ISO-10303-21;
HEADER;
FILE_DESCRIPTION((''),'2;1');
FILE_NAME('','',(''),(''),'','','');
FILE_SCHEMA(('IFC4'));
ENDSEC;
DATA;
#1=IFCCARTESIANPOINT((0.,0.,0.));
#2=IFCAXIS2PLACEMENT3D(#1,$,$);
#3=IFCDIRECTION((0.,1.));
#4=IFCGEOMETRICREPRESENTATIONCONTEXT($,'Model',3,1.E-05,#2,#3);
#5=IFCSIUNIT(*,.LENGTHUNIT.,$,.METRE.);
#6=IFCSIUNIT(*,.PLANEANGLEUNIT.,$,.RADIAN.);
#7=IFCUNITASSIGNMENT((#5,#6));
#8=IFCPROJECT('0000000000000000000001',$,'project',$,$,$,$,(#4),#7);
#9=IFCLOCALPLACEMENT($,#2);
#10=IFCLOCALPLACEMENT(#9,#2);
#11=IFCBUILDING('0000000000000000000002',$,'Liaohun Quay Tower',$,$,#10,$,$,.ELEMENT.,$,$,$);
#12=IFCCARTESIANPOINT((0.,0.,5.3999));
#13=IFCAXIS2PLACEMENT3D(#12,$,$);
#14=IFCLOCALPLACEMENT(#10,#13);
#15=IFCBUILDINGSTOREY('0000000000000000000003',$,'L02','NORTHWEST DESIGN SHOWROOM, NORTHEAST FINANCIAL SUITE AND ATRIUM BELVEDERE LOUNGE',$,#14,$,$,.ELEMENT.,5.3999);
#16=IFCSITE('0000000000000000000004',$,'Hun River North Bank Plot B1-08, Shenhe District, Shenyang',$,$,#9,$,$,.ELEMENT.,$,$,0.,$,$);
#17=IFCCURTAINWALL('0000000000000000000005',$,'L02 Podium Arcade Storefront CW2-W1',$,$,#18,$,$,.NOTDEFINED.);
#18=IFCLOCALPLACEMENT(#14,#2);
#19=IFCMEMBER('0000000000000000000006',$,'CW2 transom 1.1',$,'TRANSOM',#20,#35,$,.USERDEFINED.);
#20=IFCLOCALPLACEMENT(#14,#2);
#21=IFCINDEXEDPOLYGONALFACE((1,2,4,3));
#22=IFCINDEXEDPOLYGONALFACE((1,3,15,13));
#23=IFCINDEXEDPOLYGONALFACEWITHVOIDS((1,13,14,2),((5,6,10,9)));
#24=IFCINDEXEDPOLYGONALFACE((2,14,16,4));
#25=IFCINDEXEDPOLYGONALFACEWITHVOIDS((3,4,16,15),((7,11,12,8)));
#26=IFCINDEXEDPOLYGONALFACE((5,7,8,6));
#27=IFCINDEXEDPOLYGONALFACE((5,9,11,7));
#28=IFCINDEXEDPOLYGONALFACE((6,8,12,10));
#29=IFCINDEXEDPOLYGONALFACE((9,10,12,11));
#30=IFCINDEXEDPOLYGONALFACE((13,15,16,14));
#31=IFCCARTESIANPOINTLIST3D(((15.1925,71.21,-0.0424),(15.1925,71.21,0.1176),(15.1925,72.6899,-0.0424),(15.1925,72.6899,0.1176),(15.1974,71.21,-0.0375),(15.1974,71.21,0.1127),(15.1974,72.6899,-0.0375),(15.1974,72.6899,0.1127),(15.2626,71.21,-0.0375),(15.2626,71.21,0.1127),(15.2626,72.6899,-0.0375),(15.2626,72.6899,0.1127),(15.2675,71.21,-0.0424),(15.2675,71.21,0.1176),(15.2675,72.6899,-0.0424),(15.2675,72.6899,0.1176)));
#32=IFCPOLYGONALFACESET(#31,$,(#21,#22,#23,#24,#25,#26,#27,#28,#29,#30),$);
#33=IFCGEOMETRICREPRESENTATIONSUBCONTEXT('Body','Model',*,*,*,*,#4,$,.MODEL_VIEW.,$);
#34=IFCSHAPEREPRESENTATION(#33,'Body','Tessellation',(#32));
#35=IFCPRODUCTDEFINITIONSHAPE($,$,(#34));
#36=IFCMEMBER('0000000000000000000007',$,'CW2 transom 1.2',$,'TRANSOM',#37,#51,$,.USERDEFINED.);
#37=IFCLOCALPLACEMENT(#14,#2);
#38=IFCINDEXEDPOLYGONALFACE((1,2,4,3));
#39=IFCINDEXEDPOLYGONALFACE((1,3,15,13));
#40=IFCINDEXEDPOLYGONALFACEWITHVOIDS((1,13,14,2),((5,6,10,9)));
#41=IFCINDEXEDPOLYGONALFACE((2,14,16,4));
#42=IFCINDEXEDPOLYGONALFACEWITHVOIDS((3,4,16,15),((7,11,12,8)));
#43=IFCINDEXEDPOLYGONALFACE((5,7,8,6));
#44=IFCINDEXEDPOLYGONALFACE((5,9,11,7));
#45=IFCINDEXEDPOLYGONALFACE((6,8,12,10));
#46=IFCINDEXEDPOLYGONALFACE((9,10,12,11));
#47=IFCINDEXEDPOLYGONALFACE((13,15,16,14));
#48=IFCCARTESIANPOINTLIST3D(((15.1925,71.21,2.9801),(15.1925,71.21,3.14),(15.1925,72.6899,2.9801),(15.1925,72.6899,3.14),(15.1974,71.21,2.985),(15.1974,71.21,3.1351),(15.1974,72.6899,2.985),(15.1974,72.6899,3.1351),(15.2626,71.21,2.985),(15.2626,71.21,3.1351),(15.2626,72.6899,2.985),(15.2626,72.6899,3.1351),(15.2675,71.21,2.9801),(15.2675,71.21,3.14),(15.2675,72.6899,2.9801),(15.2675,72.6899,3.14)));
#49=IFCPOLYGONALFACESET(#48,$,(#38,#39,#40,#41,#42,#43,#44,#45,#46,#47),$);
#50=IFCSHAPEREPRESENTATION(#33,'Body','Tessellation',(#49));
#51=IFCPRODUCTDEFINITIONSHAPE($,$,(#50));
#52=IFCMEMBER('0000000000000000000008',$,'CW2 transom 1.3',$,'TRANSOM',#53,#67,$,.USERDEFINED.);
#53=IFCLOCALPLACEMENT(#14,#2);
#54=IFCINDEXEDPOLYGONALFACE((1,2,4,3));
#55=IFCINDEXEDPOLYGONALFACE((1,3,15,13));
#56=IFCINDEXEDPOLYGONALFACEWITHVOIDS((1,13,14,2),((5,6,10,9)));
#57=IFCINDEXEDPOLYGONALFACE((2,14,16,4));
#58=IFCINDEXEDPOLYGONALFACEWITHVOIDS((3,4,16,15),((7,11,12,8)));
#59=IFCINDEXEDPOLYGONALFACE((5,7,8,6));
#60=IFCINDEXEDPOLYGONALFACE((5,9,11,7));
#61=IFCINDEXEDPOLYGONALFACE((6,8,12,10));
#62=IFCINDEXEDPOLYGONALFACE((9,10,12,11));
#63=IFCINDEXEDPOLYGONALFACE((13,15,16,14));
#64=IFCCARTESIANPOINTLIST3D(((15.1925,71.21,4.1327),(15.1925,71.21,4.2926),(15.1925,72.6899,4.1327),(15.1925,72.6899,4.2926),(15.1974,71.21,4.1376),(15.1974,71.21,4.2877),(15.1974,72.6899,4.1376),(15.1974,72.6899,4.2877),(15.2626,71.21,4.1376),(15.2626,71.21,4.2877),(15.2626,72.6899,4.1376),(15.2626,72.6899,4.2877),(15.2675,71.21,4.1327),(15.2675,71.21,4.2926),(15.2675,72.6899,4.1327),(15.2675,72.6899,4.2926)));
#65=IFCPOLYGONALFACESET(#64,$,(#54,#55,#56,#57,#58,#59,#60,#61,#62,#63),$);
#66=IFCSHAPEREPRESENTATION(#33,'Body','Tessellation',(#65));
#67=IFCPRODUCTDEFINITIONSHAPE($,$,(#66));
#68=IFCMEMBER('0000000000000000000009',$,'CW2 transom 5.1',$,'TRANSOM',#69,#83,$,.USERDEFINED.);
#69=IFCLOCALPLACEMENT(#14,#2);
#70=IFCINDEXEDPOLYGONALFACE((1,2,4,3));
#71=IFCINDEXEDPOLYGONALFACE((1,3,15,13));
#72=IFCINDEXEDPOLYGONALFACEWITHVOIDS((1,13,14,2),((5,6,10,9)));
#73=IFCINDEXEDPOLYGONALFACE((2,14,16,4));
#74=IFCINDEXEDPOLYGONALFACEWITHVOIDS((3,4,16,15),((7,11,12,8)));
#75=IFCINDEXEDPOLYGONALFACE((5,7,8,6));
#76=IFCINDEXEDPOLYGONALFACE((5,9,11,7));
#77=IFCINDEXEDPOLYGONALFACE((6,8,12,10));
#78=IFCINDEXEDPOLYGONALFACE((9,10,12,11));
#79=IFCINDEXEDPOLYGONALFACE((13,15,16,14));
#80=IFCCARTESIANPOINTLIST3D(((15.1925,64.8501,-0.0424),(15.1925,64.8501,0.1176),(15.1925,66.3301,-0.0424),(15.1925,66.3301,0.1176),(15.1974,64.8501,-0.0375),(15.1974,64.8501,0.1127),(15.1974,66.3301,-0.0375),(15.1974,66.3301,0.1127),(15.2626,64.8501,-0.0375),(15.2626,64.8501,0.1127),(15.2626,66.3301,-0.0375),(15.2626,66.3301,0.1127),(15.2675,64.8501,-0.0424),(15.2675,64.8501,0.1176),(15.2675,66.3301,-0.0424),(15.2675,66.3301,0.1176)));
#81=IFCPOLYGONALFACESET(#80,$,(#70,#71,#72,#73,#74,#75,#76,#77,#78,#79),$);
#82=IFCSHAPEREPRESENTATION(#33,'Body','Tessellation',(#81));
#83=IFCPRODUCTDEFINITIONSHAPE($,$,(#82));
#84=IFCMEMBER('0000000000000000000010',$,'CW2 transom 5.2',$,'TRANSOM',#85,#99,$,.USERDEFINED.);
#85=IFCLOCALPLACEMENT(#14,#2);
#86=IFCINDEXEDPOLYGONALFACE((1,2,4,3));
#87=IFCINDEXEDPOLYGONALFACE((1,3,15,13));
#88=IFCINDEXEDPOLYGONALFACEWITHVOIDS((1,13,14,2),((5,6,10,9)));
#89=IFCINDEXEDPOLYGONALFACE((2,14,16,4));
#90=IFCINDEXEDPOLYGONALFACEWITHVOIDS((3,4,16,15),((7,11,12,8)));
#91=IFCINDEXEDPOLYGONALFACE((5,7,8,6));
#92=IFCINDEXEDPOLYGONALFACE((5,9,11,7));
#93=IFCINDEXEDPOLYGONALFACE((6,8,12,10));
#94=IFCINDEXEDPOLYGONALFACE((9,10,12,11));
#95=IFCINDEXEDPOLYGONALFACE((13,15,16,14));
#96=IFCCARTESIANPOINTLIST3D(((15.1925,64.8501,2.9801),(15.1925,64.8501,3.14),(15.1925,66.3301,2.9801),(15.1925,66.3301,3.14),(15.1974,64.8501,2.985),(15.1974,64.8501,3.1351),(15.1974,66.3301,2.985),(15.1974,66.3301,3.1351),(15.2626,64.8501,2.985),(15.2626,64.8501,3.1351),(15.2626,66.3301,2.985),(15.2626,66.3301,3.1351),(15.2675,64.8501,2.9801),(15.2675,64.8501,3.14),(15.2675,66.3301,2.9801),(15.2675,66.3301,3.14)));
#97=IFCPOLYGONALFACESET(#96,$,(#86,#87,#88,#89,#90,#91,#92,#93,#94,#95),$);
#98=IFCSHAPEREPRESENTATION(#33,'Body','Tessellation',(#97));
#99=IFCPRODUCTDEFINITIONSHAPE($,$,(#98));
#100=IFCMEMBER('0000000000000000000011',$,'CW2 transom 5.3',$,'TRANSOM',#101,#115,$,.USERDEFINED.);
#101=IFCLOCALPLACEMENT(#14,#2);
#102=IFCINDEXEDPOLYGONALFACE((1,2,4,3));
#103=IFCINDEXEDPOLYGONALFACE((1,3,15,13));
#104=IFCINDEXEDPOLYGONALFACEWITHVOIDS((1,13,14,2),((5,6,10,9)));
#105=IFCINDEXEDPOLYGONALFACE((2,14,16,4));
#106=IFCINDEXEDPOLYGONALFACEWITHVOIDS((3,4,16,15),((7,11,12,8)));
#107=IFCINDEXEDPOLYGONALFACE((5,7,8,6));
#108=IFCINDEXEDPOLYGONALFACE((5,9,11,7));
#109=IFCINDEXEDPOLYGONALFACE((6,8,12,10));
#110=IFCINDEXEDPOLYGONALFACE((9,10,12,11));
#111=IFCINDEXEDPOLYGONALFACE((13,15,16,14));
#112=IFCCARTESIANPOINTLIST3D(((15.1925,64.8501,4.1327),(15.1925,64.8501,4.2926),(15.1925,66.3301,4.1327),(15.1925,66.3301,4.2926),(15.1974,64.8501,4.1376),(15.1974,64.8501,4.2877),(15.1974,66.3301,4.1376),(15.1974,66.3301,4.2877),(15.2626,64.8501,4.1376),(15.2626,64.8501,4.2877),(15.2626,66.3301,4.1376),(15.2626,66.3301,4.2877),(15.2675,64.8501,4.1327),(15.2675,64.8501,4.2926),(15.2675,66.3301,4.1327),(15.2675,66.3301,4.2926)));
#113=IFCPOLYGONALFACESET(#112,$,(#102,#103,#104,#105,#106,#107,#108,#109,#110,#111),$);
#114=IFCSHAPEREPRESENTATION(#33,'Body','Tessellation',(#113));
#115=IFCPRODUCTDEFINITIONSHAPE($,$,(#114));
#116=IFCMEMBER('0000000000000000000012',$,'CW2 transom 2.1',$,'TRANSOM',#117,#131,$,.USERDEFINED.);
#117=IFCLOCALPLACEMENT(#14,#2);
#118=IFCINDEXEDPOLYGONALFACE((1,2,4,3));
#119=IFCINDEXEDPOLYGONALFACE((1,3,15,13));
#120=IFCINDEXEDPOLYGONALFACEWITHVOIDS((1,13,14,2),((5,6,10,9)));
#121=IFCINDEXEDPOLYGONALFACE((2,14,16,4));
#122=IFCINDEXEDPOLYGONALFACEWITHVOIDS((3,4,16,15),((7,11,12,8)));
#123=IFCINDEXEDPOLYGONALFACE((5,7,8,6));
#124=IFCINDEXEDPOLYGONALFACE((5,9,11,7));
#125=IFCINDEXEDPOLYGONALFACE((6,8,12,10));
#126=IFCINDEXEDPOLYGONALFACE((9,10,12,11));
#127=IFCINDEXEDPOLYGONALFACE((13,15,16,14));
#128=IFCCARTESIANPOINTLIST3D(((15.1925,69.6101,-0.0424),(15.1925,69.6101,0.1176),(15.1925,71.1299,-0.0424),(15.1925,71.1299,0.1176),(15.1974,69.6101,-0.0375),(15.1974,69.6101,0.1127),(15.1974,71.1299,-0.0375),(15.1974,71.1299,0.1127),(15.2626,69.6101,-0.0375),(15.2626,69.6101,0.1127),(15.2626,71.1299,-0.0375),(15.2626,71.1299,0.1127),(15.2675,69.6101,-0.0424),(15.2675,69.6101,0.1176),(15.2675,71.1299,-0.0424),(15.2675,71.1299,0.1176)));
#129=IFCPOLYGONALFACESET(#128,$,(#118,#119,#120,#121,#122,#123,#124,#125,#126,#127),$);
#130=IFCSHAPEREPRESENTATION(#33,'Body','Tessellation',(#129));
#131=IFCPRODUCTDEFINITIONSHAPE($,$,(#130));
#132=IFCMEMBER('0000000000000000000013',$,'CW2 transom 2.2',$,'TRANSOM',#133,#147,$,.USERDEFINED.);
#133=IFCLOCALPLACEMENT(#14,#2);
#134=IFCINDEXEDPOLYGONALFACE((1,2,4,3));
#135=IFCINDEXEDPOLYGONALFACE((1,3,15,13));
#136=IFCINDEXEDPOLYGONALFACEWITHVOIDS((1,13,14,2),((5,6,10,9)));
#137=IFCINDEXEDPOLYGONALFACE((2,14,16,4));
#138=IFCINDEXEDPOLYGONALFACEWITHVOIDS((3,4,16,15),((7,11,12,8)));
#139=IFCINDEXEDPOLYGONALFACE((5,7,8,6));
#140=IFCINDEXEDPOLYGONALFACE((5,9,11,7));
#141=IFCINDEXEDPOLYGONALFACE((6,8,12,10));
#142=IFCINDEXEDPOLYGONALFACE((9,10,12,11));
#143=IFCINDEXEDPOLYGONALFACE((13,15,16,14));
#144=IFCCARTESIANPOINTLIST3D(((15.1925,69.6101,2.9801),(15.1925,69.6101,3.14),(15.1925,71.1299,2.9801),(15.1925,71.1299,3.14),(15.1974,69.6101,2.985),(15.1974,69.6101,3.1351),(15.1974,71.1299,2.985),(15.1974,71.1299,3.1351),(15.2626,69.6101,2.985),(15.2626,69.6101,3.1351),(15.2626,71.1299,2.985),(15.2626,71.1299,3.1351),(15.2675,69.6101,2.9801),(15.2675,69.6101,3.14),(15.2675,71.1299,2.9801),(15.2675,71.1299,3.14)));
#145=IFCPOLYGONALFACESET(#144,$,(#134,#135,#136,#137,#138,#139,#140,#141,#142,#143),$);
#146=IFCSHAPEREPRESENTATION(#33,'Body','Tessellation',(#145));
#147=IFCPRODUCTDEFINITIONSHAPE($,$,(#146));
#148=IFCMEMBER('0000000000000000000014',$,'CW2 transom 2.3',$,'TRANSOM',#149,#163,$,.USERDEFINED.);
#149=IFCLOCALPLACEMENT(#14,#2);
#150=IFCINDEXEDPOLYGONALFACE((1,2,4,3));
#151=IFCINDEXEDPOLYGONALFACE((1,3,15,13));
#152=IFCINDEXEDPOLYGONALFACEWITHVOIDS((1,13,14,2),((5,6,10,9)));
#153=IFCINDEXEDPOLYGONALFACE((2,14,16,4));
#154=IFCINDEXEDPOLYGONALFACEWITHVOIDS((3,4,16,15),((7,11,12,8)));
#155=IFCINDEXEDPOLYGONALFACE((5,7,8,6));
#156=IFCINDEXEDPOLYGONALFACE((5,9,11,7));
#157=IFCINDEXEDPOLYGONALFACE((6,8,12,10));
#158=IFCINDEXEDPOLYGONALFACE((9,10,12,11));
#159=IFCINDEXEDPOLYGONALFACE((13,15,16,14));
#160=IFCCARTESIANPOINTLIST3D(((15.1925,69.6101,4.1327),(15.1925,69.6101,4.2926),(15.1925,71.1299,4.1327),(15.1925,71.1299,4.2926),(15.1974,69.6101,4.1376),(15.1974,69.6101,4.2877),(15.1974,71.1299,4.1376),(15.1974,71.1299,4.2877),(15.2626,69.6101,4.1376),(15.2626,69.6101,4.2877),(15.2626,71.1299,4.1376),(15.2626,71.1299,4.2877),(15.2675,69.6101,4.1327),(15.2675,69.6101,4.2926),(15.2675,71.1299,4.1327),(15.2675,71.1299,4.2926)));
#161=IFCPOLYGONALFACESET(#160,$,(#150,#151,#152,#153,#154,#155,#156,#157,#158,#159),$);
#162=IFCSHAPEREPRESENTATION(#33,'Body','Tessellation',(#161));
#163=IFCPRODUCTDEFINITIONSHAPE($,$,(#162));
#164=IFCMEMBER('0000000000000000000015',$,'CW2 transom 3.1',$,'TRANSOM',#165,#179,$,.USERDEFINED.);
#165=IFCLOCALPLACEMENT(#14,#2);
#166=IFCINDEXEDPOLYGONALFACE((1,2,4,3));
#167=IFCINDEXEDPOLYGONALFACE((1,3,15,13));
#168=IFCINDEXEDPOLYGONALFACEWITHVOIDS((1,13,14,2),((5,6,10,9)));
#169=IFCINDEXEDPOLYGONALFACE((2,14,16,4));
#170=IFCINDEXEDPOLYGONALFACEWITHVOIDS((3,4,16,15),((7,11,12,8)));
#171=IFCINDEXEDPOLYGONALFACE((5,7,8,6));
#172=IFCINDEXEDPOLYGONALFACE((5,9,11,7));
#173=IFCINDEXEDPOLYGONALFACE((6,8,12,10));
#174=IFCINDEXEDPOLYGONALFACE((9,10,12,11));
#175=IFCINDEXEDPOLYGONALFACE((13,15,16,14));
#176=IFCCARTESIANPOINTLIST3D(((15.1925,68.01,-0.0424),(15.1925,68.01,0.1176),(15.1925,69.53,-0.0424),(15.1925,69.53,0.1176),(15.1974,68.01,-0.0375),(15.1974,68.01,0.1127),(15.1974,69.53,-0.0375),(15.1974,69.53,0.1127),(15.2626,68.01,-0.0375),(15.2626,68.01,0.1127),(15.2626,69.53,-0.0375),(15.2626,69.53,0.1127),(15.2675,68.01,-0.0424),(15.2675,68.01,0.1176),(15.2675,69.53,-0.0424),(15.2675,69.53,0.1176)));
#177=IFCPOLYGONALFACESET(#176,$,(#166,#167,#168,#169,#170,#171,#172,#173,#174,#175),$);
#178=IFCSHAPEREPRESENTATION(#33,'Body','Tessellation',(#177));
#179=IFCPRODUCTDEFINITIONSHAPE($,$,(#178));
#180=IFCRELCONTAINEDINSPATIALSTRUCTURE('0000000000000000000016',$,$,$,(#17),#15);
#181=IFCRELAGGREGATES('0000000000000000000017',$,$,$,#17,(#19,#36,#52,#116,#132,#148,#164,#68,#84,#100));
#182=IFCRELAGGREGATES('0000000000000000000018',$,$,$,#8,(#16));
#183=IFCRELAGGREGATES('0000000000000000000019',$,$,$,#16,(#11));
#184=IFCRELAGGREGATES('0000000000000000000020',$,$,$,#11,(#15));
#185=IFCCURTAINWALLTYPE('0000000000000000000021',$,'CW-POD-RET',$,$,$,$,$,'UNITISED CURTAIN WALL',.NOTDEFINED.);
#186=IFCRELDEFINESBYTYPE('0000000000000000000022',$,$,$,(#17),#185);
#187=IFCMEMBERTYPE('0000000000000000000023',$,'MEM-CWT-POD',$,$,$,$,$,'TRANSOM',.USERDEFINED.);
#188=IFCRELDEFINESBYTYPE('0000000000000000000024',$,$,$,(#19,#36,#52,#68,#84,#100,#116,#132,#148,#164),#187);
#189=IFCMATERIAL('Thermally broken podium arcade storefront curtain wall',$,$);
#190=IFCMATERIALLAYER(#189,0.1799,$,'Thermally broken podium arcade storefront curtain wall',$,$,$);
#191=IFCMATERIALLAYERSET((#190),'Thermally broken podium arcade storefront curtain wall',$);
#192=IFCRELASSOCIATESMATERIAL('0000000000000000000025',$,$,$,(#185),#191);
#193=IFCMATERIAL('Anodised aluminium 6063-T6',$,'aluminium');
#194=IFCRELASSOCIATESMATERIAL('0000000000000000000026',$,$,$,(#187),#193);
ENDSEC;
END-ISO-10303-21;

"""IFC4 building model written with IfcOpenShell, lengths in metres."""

from ifc_helpers import new_model, si_unit, direction, frame, origin, origin_2d, place, context, subcontext, project, spatial, hollow_rectangle, extrude, source, transform, mapped, material, layer, layer_set, material_profile, profile_set, type_object, element, aggregate, save


model = new_model("IFC4")

# Units and contexts
model_context = context("Model", 3, precision=1e-05, world=origin(), true_north=direction((0.0, 1.0)))
body_context = subcontext(model_context, "Body", "Model", "MODEL_VIEW")
ifc_project = project(units=[si_unit("LENGTHUNIT", "METRE"), si_unit("PLANEANGLEUNIT", "RADIAN")], contexts=[model_context])

# Site, building, storey
site_placement = place(None, origin())
site = spatial("IfcSite", under=ifc_project, at=site_placement, Name="Hun River North Bank Plot B1-08, Shenhe District, Shenyang", CompositionType="ELEMENT", RefElevation=0.0)
building_placement = place(site_placement, origin())
building = spatial("IfcBuilding", under=site, at=building_placement, Name="Liaohun Quay Tower", CompositionType="ELEMENT")
storey_placement = place(building_placement, frame((0.0, 0.0, 5.3999)))
storey = spatial("IfcBuildingStorey", under=building, at=storey_placement, Name="L02", Description="NORTHWEST DESIGN SHOWROOM, NORTHEAST FINANCIAL SUITE AND ATRIUM BELVEDERE LOUNGE", CompositionType="ELEMENT", Elevation=5.3999)

# Curtain wall, members
ifc_material_1 = material(Name="Thermally broken podium arcade storefront curtain wall")
ifc_layer_1 = layer(ifc_material_1, 0.1799, Name="Thermally broken podium arcade storefront curtain wall")
ifc_layer_set_1 = layer_set([ifc_layer_1], Name="Thermally broken podium arcade storefront curtain wall")
curtain_wall_type = type_object("IfcCurtainWallType", Name="CW-POD-RET", ElementType="UNITISED CURTAIN WALL", PredefinedType="NOTDEFINED", material=ifc_layer_set_1)
curtain_wall_placement = place(storey_placement, origin())
curtain_wall = element("IfcCurtainWall", 1, at=curtain_wall_placement, inside=storey, type_object=curtain_wall_type, Name="L02 Podium Arcade Storefront CW2-W1", PredefinedType="NOTDEFINED")
ifc_material_2 = material(Name="Anodised aluminium 6063-T6", Category="aluminium")
ifc_material_profile_1 = material_profile(ifc_material_2, hollow_rectangle(XDim=0.075, YDim=0.1599, WallThickness=0.0049, at=origin_2d()), Name="RHS160x75x5")
ifc_profile_set_1 = profile_set([ifc_material_profile_1], Name="Anodised aluminium 6063-T6")
member_type_1 = type_object("IfcMemberType", Name="MEM-CWT-POD", ElementType="TRANSOM", PredefinedType="USERDEFINED", material=ifc_profile_set_1)
shared_shape_1 = source(origin(), body_context, "Body", "SweptSolid", [
    extrude(hollow_rectangle(XDim=0.075, YDim=0.1599, WallThickness=0.0049, at=origin_2d()), origin(), (0.0, 0.0, 1.0), 1.48),
])
member_1_placement = place(storey_placement, frame((15.23, 72.6899, 0.0376), z_axis=(0.0, -1.0, 0.0), x_axis=(1.0, 0.0, 0.0)))
member_1 = element("IfcMember", 2, at=member_1_placement, type_object=member_type_1, Name="CW2 transom 1.1", ObjectType="TRANSOM", PredefinedType="USERDEFINED", context=body_context, shape_type="MappedRepresentation", body=[
    mapped(shared_shape_1, transform((0.0, 0.0, 0.0), x_axis=(1.0, 0.0, 0.0), y_axis=(0.0, 1.0, 0.0), z_axis=(0.0, 0.0, 1.0), scale=1.0)),
])
member_2_placement = place(storey_placement, frame((15.23, 72.6899, 3.0601), z_axis=(0.0, -1.0, 0.0), x_axis=(1.0, 0.0, 0.0)))
member_2 = element("IfcMember", 3, at=member_2_placement, type_object=member_type_1, Name="CW2 transom 1.2", ObjectType="TRANSOM", PredefinedType="USERDEFINED", context=body_context, shape_type="MappedRepresentation", body=[
    mapped(shared_shape_1, transform((0.0, 0.0, 0.0), x_axis=(1.0, 0.0, 0.0), y_axis=(0.0, 1.0, 0.0), z_axis=(0.0, 0.0, 1.0), scale=1.0)),
])
member_3_placement = place(storey_placement, frame((15.23, 72.6899, 4.2126), z_axis=(0.0, -1.0, 0.0), x_axis=(1.0, 0.0, 0.0)))
member_3 = element("IfcMember", 4, at=member_3_placement, type_object=member_type_1, Name="CW2 transom 1.3", ObjectType="TRANSOM", PredefinedType="USERDEFINED", context=body_context, shape_type="MappedRepresentation", body=[
    mapped(shared_shape_1, transform((0.0, 0.0, 0.0), x_axis=(1.0, 0.0, 0.0), y_axis=(0.0, 1.0, 0.0), z_axis=(0.0, 0.0, 1.0), scale=1.0)),
])
member_4_placement = place(storey_placement, frame((15.23, 66.3301, 0.0376), z_axis=(0.0, -1.0, 0.0), x_axis=(1.0, 0.0, 0.0)))
member_4 = element("IfcMember", 5, at=member_4_placement, type_object=member_type_1, Name="CW2 transom 5.1", ObjectType="TRANSOM", PredefinedType="USERDEFINED", context=body_context, shape_type="MappedRepresentation", body=[
    mapped(shared_shape_1, transform((0.0, 0.0, 0.0), x_axis=(1.0, 0.0, 0.0), y_axis=(0.0, 1.0, 0.0), z_axis=(0.0, 0.0, 1.0), scale=1.0)),
])
member_5_placement = place(storey_placement, frame((15.23, 66.3301, 3.0601), z_axis=(0.0, -1.0, 0.0), x_axis=(1.0, 0.0, 0.0)))
member_5 = element("IfcMember", 6, at=member_5_placement, type_object=member_type_1, Name="CW2 transom 5.2", ObjectType="TRANSOM", PredefinedType="USERDEFINED", context=body_context, shape_type="MappedRepresentation", body=[
    mapped(shared_shape_1, transform((0.0, 0.0, 0.0), x_axis=(1.0, 0.0, 0.0), y_axis=(0.0, 1.0, 0.0), z_axis=(0.0, 0.0, 1.0), scale=1.0)),
])
member_6_placement = place(storey_placement, frame((15.23, 66.3301, 4.2126), z_axis=(0.0, -1.0, 0.0), x_axis=(1.0, 0.0, 0.0)))
member_6 = element("IfcMember", 7, at=member_6_placement, type_object=member_type_1, Name="CW2 transom 5.3", ObjectType="TRANSOM", PredefinedType="USERDEFINED", context=body_context, shape_type="MappedRepresentation", body=[
    mapped(shared_shape_1, transform((0.0, 0.0, 0.0), x_axis=(1.0, 0.0, 0.0), y_axis=(0.0, 1.0, 0.0), z_axis=(0.0, 0.0, 1.0), scale=1.0)),
])
shared_shape_2 = source(origin(), body_context, "Body", "SweptSolid", [
    extrude(hollow_rectangle(XDim=0.075, YDim=0.1599, WallThickness=0.0049, at=origin_2d()), origin(), (0.0, 0.0, 1.0), 1.5198),
])
member_7_placement = place(storey_placement, frame((15.23, 71.1299, 0.0376), z_axis=(0.0, -1.0, 0.0), x_axis=(1.0, 0.0, 0.0)))
member_7 = element("IfcMember", 8, at=member_7_placement, type_object=member_type_1, Name="CW2 transom 2.1", ObjectType="TRANSOM", PredefinedType="USERDEFINED", context=body_context, shape_type="MappedRepresentation", body=[
    mapped(shared_shape_2, transform((0.0, 0.0, 0.0), x_axis=(1.0, 0.0, 0.0), y_axis=(0.0, 1.0, 0.0), z_axis=(0.0, 0.0, 1.0), scale=1.0)),
])
member_8_placement = place(storey_placement, frame((15.23, 71.1299, 3.0601), z_axis=(0.0, -1.0, 0.0), x_axis=(1.0, 0.0, 0.0)))
member_8 = element("IfcMember", 9, at=member_8_placement, type_object=member_type_1, Name="CW2 transom 2.2", ObjectType="TRANSOM", PredefinedType="USERDEFINED", context=body_context, shape_type="MappedRepresentation", body=[
    mapped(shared_shape_2, transform((0.0, 0.0, 0.0), x_axis=(1.0, 0.0, 0.0), y_axis=(0.0, 1.0, 0.0), z_axis=(0.0, 0.0, 1.0), scale=1.0)),
])
member_9_placement = place(storey_placement, frame((15.23, 71.1299, 4.2126), z_axis=(0.0, -1.0, 0.0), x_axis=(1.0, 0.0, 0.0)))
member_9 = element("IfcMember", 10, at=member_9_placement, type_object=member_type_1, Name="CW2 transom 2.3", ObjectType="TRANSOM", PredefinedType="USERDEFINED", context=body_context, shape_type="MappedRepresentation", body=[
    mapped(shared_shape_2, transform((0.0, 0.0, 0.0), x_axis=(1.0, 0.0, 0.0), y_axis=(0.0, 1.0, 0.0), z_axis=(0.0, 0.0, 1.0), scale=1.0)),
])
shared_shape_3 = source(origin(), body_context, "Body", "SweptSolid", [
    extrude(hollow_rectangle(XDim=0.075, YDim=0.1599, WallThickness=0.0049, at=origin_2d()), origin(), (0.0, 0.0, 1.0), 1.52),
])
member_10_placement = place(storey_placement, frame((15.23, 69.53, 0.0376), z_axis=(0.0, -1.0, 0.0), x_axis=(1.0, 0.0, 0.0)))
member_10 = element("IfcMember", 11, at=member_10_placement, type_object=member_type_1, Name="CW2 transom 3.1", ObjectType="TRANSOM", PredefinedType="USERDEFINED", context=body_context, shape_type="MappedRepresentation", body=[
    mapped(shared_shape_3, transform((0.0, 0.0, 0.0), x_axis=(1.0, 0.0, 0.0), y_axis=(0.0, 1.0, 0.0), z_axis=(0.0, 0.0, 1.0), scale=1.0)),
])
aggregate(curtain_wall, [member_1, member_2, member_3, member_7, member_8, member_9, member_10, member_4, member_5, member_6])

save(model, "model.ifc")
